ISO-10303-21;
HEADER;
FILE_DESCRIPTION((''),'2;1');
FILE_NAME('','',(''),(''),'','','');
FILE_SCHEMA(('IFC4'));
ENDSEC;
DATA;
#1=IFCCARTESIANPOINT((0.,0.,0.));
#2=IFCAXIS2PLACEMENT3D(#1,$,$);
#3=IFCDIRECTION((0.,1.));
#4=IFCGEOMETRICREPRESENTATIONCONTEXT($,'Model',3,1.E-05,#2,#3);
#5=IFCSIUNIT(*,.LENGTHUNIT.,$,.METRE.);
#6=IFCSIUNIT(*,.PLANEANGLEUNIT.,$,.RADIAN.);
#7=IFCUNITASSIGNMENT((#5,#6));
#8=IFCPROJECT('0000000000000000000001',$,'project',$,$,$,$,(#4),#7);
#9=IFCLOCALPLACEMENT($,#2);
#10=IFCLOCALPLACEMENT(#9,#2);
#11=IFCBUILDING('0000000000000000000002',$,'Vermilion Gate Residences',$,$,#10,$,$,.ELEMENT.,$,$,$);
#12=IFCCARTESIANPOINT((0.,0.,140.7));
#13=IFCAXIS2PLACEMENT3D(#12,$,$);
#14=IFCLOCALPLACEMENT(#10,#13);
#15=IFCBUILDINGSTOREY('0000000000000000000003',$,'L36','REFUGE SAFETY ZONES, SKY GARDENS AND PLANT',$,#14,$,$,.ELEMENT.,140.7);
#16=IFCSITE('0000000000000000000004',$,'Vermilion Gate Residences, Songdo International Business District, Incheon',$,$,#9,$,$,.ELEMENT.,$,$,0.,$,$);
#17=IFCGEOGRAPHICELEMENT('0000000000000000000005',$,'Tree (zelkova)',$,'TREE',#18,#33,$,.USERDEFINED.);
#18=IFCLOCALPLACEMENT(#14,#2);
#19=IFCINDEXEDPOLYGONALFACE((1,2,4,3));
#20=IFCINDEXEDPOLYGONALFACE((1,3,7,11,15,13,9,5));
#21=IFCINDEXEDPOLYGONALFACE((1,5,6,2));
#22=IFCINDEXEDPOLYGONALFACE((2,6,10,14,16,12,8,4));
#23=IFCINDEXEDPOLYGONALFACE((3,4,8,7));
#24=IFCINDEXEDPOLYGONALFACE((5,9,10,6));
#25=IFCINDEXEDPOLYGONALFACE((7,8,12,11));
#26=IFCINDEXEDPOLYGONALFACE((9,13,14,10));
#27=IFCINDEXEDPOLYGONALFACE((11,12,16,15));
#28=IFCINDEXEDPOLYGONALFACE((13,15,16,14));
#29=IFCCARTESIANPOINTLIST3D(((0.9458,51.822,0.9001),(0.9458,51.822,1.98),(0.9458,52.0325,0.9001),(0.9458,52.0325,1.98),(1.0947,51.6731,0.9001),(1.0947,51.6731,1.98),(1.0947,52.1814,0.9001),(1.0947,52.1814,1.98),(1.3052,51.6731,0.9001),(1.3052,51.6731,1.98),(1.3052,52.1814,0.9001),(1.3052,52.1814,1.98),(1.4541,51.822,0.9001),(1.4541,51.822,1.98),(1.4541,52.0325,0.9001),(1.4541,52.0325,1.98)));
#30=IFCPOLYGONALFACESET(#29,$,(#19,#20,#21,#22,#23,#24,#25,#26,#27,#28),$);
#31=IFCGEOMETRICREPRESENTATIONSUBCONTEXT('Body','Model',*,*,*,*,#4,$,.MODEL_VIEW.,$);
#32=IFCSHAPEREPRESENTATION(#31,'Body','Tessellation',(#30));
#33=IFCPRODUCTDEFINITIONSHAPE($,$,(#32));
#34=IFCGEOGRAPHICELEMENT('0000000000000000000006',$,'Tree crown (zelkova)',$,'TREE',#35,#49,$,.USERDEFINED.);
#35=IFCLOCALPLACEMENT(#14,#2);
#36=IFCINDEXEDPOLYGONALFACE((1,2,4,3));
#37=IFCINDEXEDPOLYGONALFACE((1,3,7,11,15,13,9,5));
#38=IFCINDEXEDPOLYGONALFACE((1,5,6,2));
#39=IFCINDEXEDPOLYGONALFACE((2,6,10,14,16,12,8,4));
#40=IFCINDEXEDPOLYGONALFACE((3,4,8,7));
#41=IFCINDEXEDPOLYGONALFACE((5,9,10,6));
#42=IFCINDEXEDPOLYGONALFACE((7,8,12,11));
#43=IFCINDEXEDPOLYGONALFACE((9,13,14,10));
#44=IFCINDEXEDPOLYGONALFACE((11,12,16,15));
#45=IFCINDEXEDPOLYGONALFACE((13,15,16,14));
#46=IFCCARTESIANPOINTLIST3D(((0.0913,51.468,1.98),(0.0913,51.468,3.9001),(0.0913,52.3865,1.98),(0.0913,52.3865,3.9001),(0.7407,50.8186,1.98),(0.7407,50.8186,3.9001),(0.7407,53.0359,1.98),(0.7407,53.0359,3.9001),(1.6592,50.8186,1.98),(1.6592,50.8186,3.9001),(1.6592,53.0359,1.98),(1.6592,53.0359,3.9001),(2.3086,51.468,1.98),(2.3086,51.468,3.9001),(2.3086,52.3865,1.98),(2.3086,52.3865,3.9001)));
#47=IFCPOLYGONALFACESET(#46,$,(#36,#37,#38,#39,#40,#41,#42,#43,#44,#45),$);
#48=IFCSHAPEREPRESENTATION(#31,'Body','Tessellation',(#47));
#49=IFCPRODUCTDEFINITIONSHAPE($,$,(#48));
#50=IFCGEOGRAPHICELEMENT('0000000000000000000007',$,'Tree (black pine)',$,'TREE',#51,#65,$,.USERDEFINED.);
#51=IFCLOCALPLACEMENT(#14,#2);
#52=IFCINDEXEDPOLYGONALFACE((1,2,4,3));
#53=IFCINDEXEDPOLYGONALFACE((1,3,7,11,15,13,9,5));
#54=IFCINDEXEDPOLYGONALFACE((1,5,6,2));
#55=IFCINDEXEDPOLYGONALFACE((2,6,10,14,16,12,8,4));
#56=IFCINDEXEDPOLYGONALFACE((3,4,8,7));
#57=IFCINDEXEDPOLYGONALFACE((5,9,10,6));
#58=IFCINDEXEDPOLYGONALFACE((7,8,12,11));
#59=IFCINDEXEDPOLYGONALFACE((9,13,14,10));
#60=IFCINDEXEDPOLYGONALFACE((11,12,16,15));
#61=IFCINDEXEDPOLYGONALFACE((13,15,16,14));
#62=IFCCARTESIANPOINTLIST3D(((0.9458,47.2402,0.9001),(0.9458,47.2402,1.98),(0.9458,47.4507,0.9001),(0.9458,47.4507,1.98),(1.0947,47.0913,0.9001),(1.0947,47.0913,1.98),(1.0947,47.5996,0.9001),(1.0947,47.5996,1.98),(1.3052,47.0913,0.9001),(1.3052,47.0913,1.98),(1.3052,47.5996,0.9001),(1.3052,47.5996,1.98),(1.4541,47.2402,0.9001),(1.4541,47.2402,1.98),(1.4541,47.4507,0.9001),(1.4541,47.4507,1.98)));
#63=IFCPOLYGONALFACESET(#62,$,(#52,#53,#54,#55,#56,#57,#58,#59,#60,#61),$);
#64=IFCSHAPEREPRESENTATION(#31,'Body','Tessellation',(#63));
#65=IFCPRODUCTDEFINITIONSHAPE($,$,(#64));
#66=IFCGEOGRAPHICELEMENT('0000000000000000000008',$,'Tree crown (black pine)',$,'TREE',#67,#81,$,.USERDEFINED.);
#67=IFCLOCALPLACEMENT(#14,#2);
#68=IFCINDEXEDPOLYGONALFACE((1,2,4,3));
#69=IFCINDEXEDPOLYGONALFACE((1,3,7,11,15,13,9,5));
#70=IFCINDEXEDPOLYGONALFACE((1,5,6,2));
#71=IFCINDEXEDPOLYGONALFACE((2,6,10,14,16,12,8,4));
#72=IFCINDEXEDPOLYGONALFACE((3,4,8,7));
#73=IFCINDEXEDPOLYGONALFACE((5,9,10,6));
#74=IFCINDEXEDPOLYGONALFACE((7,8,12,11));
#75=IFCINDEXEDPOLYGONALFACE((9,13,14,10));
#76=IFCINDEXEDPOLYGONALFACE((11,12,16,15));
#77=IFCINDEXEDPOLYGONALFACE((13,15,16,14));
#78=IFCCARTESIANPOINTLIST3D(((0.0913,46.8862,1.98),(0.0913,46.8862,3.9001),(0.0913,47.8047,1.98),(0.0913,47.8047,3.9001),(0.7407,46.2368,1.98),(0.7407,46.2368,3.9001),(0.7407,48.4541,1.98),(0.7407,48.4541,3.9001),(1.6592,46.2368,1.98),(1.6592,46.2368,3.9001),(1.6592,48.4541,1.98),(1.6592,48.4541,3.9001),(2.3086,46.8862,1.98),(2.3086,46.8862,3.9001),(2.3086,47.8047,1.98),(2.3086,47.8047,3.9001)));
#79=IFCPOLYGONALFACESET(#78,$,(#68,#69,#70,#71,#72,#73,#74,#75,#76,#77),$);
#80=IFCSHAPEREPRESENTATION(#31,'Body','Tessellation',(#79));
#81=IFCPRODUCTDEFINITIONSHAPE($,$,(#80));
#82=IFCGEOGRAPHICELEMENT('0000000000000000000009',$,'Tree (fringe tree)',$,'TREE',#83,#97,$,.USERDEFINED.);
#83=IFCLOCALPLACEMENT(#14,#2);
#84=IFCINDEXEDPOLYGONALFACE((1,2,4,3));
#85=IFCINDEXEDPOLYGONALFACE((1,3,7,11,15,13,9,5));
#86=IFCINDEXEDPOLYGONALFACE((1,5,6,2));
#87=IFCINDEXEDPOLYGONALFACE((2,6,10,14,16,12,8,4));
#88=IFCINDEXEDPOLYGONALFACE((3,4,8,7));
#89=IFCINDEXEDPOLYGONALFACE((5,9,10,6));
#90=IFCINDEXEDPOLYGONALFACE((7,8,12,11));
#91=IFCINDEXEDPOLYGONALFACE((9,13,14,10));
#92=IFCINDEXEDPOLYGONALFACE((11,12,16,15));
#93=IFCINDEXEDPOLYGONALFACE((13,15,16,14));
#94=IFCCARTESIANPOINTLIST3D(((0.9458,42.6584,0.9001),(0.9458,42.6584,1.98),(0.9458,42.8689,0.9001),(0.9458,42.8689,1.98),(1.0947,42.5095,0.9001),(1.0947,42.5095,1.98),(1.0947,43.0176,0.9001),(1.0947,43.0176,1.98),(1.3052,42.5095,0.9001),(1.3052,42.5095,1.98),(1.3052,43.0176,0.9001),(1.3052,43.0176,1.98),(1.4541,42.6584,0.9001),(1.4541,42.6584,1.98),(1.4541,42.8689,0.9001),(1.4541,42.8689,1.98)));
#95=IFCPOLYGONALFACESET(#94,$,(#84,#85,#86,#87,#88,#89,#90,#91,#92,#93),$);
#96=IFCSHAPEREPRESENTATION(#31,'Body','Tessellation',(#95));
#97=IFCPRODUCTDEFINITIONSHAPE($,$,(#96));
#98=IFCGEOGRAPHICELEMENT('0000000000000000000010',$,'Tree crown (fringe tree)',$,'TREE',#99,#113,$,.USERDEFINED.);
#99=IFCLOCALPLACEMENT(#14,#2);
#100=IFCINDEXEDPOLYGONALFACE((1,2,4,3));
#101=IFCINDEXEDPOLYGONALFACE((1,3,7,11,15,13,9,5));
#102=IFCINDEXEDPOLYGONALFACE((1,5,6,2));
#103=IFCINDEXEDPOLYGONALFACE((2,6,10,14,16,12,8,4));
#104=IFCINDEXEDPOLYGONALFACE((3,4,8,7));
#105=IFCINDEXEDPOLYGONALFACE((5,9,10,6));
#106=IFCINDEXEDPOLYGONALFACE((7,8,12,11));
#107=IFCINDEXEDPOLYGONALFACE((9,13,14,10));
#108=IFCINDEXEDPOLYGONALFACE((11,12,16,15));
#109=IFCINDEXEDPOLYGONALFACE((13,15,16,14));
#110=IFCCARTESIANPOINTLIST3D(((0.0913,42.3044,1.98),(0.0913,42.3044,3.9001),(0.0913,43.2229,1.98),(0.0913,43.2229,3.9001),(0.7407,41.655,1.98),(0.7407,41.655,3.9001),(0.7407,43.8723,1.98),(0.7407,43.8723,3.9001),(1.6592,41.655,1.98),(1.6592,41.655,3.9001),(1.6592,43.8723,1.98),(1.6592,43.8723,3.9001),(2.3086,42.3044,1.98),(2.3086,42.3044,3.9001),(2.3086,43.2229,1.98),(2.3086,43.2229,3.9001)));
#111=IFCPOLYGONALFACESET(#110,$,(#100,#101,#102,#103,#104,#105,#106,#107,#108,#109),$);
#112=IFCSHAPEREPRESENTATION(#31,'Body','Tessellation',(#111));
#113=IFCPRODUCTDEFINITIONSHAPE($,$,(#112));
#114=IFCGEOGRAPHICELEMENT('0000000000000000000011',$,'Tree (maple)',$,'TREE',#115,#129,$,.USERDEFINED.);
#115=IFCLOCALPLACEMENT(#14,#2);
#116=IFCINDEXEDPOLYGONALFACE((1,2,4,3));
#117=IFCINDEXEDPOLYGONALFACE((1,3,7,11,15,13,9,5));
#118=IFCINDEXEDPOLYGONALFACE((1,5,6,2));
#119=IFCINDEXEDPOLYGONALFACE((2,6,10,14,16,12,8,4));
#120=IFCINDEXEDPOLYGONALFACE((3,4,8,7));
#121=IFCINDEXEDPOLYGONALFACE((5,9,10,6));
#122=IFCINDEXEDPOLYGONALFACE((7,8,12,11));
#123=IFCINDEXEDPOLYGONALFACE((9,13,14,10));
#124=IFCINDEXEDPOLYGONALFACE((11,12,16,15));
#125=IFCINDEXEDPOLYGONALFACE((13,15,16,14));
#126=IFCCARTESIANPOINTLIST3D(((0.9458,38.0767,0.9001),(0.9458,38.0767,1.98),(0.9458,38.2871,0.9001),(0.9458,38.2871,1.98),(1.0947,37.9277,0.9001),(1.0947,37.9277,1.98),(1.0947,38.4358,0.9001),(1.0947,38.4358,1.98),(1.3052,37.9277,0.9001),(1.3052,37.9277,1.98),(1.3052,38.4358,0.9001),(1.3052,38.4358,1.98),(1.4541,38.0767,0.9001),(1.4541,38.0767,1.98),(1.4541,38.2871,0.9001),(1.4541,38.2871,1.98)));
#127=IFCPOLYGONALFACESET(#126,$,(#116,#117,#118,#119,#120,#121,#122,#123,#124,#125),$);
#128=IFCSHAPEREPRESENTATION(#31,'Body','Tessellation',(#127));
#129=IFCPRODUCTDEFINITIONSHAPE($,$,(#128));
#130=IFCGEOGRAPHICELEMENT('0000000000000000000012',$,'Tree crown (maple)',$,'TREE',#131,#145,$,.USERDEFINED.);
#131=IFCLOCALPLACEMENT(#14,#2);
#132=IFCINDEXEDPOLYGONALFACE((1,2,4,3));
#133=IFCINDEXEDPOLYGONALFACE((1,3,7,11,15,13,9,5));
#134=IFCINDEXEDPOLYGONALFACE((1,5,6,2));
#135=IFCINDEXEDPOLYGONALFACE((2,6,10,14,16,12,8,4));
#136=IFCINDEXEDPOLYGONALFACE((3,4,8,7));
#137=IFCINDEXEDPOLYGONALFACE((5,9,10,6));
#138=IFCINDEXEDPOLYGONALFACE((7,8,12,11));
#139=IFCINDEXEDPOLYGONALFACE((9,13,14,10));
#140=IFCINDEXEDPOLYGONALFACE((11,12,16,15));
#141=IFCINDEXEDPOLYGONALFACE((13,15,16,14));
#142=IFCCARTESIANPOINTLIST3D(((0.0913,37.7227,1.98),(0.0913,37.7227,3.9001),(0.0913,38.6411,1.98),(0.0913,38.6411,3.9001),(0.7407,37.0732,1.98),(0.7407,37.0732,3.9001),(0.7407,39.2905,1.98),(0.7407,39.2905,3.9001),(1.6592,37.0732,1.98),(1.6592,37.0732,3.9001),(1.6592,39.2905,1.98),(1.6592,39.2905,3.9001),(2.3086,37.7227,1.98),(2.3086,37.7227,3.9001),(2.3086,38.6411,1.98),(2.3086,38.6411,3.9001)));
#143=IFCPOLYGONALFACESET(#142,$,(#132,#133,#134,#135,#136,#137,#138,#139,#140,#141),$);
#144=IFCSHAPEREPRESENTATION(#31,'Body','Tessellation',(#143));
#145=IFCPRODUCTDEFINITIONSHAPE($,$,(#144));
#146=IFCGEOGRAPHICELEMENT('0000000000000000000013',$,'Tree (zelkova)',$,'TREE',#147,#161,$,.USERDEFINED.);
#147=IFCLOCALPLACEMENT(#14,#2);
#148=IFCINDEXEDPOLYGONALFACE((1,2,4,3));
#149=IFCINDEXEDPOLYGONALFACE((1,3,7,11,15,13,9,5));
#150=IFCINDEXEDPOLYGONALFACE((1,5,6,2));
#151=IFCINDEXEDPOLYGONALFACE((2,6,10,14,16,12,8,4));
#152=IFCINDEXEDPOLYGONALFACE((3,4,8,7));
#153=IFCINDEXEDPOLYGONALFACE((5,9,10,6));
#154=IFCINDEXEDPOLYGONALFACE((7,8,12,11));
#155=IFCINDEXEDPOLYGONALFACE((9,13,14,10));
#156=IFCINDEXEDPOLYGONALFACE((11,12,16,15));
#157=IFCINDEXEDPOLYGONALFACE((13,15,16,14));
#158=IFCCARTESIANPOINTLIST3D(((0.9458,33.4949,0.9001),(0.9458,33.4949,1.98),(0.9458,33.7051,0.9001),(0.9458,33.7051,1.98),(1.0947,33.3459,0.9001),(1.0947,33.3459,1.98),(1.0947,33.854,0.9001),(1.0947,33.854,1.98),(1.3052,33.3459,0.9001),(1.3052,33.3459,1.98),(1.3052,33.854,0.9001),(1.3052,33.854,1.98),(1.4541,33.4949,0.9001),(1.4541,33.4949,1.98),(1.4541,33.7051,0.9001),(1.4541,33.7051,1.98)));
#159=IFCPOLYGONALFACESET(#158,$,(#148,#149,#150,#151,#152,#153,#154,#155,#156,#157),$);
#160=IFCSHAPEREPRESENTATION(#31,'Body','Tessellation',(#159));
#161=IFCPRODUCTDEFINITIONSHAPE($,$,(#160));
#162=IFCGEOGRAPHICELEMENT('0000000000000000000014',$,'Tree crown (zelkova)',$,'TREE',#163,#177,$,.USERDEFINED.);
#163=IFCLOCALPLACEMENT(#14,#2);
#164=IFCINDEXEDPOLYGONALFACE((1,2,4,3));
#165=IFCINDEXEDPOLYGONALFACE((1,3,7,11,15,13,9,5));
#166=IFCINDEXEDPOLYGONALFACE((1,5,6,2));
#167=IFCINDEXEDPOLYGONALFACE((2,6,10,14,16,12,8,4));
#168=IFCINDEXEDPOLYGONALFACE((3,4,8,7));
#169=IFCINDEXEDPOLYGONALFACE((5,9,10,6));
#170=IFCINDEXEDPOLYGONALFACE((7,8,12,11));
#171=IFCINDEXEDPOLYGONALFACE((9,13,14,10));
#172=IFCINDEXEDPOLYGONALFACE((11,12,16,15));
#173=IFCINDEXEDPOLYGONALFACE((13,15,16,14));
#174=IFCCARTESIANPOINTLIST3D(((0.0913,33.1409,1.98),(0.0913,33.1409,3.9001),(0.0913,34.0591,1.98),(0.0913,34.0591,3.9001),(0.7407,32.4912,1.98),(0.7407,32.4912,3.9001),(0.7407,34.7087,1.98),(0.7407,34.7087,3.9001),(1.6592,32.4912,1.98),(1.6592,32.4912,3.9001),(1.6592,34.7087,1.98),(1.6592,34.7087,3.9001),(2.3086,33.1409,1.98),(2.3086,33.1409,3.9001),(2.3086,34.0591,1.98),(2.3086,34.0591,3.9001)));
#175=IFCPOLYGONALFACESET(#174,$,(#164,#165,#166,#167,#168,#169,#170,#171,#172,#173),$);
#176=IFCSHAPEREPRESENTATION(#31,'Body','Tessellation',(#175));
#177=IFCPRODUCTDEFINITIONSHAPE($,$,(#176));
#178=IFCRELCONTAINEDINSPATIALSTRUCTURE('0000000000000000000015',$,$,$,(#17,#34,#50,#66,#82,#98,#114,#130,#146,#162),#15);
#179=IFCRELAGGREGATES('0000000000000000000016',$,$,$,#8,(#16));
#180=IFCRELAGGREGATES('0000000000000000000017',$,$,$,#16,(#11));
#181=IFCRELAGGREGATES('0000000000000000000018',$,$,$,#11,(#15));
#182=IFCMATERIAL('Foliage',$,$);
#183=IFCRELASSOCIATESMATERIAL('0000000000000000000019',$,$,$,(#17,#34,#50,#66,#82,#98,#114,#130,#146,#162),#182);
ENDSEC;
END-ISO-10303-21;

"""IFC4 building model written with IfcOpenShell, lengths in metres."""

from ifc_helpers import new_model, si_unit, direction, frame, origin, place, context, subcontext, project, spatial, polyline, outline, extrude, material, element, save


model = new_model("IFC4")

# Units and contexts
model_context = context("Model", 3, precision=1e-05, world=origin(), true_north=direction((0.0, 1.0)))
body_context = subcontext(model_context, "Body", "Model", "MODEL_VIEW")
ifc_project = project(units=[si_unit("LENGTHUNIT", "METRE"), si_unit("PLANEANGLEUNIT", "RADIAN")], contexts=[model_context])

# Site, building, storey
site_placement = place(None, origin())
site = spatial("IfcSite", under=ifc_project, at=site_placement, Name="Vermilion Gate Residences, Songdo International Business District, Incheon", CompositionType="ELEMENT", RefElevation=0.0)
building_placement = place(site_placement, origin())
building = spatial("IfcBuilding", under=site, at=building_placement, Name="Vermilion Gate Residences", CompositionType="ELEMENT")
storey_placement = place(building_placement, frame((0.0, 0.0, 140.7)))
storey = spatial("IfcBuildingStorey", under=building, at=storey_placement, Name="L36", Description="REFUGE SAFETY ZONES, SKY GARDENS AND PLANT", CompositionType="ELEMENT", Elevation=140.7)

# Geographic elements
ifc_material_1 = material(Name="Foliage")
geographic_element_1_placement = place(storey_placement, frame((0.0, 0.0, 0.9001)))
element("IfcGeographicElement", 1, at=geographic_element_1_placement, inside=storey, material=ifc_material_1, Name="Tree (zelkova)", ObjectType="TREE", PredefinedType="USERDEFINED", context=body_context, shape_type="SweptSolid", body=[
    extrude(outline(polyline([(1.4541, 52.0325), (1.3052, 52.1814), (1.0947, 52.1814), (0.9458, 52.0325), (0.9458, 51.822), (1.0947, 51.6731), (1.3052, 51.6731), (1.4541, 51.822), (1.4541, 52.0325)])), origin(), (0.0, 0.0, 1.0), 1.0798),
])
geographic_element_2_placement = place(storey_placement, frame((0.0, 0.0, 1.98)))
element("IfcGeographicElement", 2, at=geographic_element_2_placement, inside=storey, material=ifc_material_1, Name="Tree crown (zelkova)", ObjectType="TREE", PredefinedType="USERDEFINED", context=body_context, shape_type="SweptSolid", body=[
    extrude(outline(polyline([(2.3086, 52.3865), (1.6592, 53.0359), (0.7407, 53.0359), (0.0913, 52.3865), (0.0913, 51.468), (0.7407, 50.8186), (1.6592, 50.8186), (2.3086, 51.468), (2.3086, 52.3865)])), origin(), (0.0, 0.0, 1.0), 1.9202),
])
geographic_element_3_placement = place(storey_placement, frame((0.0, 0.0, 0.9001)))
element("IfcGeographicElement", 3, at=geographic_element_3_placement, inside=storey, material=ifc_material_1, Name="Tree (black pine)", ObjectType="TREE", PredefinedType="USERDEFINED", context=body_context, shape_type="SweptSolid", body=[
    extrude(outline(polyline([(1.4541, 47.4507), (1.3052, 47.5996), (1.0947, 47.5996), (0.9458, 47.4507), (0.9458, 47.2402), (1.0947, 47.0913), (1.3052, 47.0913), (1.4541, 47.2402), (1.4541, 47.4507)])), origin(), (0.0, 0.0, 1.0), 1.0798),
])
geographic_element_4_placement = place(storey_placement, frame((0.0, 0.0, 1.98)))
element("IfcGeographicElement", 4, at=geographic_element_4_placement, inside=storey, material=ifc_material_1, Name="Tree crown (black pine)", ObjectType="TREE", PredefinedType="USERDEFINED", context=body_context, shape_type="SweptSolid", body=[
    extrude(outline(polyline([(2.3086, 47.8047), (1.6592, 48.4541), (0.7407, 48.4541), (0.0913, 47.8047), (0.0913, 46.8862), (0.7407, 46.2368), (1.6592, 46.2368), (2.3086, 46.8862), (2.3086, 47.8047)])), origin(), (0.0, 0.0, 1.0), 1.9202),
])
geographic_element_5_placement = place(storey_placement, frame((0.0, 0.0, 0.9001)))
element("IfcGeographicElement", 5, at=geographic_element_5_placement, inside=storey, material=ifc_material_1, Name="Tree (fringe tree)", ObjectType="TREE", PredefinedType="USERDEFINED", context=body_context, shape_type="SweptSolid", body=[
    extrude(outline(polyline([(1.4541, 42.8689), (1.3052, 43.0176), (1.0947, 43.0176), (0.9458, 42.8689), (0.9458, 42.6584), (1.0947, 42.5095), (1.3052, 42.5095), (1.4541, 42.6584), (1.4541, 42.8689)])), origin(), (0.0, 0.0, 1.0), 1.0798),
])
geographic_element_6_placement = place(storey_placement, frame((0.0, 0.0, 1.98)))
element("IfcGeographicElement", 6, at=geographic_element_6_placement, inside=storey, material=ifc_material_1, Name="Tree crown (fringe tree)", ObjectType="TREE", PredefinedType="USERDEFINED", context=body_context, shape_type="SweptSolid", body=[
    extrude(outline(polyline([(2.3086, 43.2229), (1.6592, 43.8723), (0.7407, 43.8723), (0.0913, 43.2229), (0.0913, 42.3044), (0.7407, 41.655), (1.6592, 41.655), (2.3086, 42.3044), (2.3086, 43.2229)])), origin(), (0.0, 0.0, 1.0), 1.9202),
])
geographic_element_7_placement = place(storey_placement, frame((0.0, 0.0, 0.9001)))
element("IfcGeographicElement", 7, at=geographic_element_7_placement, inside=storey, material=ifc_material_1, Name="Tree (maple)", ObjectType="TREE", PredefinedType="USERDEFINED", context=body_context, shape_type="SweptSolid", body=[
    extrude(outline(polyline([(1.4541, 38.2871), (1.3052, 38.4358), (1.0947, 38.4358), (0.9458, 38.2871), (0.9458, 38.0767), (1.0947, 37.9277), (1.3052, 37.9277), (1.4541, 38.0767), (1.4541, 38.2871)])), origin(), (0.0, 0.0, 1.0), 1.0798),
])
geographic_element_8_placement = place(storey_placement, frame((0.0, 0.0, 1.98)))
element("IfcGeographicElement", 8, at=geographic_element_8_placement, inside=storey, material=ifc_material_1, Name="Tree crown (maple)", ObjectType="TREE", PredefinedType="USERDEFINED", context=body_context, shape_type="SweptSolid", body=[
    extrude(outline(polyline([(2.3086, 38.6411), (1.6592, 39.2905), (0.7407, 39.2905), (0.0913, 38.6411), (0.0913, 37.7227), (0.7407, 37.0732), (1.6592, 37.0732), (2.3086, 37.7227), (2.3086, 38.6411)])), origin(), (0.0, 0.0, 1.0), 1.9202),
])
geographic_element_9_placement = place(storey_placement, frame((0.0, 0.0, 0.9001)))
element("IfcGeographicElement", 9, at=geographic_element_9_placement, inside=storey, material=ifc_material_1, Name="Tree (zelkova)", ObjectType="TREE", PredefinedType="USERDEFINED", context=body_context, shape_type="SweptSolid", body=[
    extrude(outline(polyline([(1.4541, 33.7051), (1.3052, 33.854), (1.0947, 33.854), (0.9458, 33.7051), (0.9458, 33.4949), (1.0947, 33.3459), (1.3052, 33.3459), (1.4541, 33.4949), (1.4541, 33.7051)])), origin(), (0.0, 0.0, 1.0), 1.0798),
])
geographic_element_10_placement = place(storey_placement, frame((0.0, 0.0, 1.98)))
element("IfcGeographicElement", 10, at=geographic_element_10_placement, inside=storey, material=ifc_material_1, Name="Tree crown (zelkova)", ObjectType="TREE", PredefinedType="USERDEFINED", context=body_context, shape_type="SweptSolid", body=[
    extrude(outline(polyline([(2.3086, 34.0591), (1.6592, 34.7087), (0.7407, 34.7087), (0.0913, 34.0591), (0.0913, 33.1409), (0.7407, 32.4912), (1.6592, 32.4912), (2.3086, 33.1409), (2.3086, 34.0591)])), origin(), (0.0, 0.0, 1.0), 1.9202),
])

save(model, "model.ifc")
